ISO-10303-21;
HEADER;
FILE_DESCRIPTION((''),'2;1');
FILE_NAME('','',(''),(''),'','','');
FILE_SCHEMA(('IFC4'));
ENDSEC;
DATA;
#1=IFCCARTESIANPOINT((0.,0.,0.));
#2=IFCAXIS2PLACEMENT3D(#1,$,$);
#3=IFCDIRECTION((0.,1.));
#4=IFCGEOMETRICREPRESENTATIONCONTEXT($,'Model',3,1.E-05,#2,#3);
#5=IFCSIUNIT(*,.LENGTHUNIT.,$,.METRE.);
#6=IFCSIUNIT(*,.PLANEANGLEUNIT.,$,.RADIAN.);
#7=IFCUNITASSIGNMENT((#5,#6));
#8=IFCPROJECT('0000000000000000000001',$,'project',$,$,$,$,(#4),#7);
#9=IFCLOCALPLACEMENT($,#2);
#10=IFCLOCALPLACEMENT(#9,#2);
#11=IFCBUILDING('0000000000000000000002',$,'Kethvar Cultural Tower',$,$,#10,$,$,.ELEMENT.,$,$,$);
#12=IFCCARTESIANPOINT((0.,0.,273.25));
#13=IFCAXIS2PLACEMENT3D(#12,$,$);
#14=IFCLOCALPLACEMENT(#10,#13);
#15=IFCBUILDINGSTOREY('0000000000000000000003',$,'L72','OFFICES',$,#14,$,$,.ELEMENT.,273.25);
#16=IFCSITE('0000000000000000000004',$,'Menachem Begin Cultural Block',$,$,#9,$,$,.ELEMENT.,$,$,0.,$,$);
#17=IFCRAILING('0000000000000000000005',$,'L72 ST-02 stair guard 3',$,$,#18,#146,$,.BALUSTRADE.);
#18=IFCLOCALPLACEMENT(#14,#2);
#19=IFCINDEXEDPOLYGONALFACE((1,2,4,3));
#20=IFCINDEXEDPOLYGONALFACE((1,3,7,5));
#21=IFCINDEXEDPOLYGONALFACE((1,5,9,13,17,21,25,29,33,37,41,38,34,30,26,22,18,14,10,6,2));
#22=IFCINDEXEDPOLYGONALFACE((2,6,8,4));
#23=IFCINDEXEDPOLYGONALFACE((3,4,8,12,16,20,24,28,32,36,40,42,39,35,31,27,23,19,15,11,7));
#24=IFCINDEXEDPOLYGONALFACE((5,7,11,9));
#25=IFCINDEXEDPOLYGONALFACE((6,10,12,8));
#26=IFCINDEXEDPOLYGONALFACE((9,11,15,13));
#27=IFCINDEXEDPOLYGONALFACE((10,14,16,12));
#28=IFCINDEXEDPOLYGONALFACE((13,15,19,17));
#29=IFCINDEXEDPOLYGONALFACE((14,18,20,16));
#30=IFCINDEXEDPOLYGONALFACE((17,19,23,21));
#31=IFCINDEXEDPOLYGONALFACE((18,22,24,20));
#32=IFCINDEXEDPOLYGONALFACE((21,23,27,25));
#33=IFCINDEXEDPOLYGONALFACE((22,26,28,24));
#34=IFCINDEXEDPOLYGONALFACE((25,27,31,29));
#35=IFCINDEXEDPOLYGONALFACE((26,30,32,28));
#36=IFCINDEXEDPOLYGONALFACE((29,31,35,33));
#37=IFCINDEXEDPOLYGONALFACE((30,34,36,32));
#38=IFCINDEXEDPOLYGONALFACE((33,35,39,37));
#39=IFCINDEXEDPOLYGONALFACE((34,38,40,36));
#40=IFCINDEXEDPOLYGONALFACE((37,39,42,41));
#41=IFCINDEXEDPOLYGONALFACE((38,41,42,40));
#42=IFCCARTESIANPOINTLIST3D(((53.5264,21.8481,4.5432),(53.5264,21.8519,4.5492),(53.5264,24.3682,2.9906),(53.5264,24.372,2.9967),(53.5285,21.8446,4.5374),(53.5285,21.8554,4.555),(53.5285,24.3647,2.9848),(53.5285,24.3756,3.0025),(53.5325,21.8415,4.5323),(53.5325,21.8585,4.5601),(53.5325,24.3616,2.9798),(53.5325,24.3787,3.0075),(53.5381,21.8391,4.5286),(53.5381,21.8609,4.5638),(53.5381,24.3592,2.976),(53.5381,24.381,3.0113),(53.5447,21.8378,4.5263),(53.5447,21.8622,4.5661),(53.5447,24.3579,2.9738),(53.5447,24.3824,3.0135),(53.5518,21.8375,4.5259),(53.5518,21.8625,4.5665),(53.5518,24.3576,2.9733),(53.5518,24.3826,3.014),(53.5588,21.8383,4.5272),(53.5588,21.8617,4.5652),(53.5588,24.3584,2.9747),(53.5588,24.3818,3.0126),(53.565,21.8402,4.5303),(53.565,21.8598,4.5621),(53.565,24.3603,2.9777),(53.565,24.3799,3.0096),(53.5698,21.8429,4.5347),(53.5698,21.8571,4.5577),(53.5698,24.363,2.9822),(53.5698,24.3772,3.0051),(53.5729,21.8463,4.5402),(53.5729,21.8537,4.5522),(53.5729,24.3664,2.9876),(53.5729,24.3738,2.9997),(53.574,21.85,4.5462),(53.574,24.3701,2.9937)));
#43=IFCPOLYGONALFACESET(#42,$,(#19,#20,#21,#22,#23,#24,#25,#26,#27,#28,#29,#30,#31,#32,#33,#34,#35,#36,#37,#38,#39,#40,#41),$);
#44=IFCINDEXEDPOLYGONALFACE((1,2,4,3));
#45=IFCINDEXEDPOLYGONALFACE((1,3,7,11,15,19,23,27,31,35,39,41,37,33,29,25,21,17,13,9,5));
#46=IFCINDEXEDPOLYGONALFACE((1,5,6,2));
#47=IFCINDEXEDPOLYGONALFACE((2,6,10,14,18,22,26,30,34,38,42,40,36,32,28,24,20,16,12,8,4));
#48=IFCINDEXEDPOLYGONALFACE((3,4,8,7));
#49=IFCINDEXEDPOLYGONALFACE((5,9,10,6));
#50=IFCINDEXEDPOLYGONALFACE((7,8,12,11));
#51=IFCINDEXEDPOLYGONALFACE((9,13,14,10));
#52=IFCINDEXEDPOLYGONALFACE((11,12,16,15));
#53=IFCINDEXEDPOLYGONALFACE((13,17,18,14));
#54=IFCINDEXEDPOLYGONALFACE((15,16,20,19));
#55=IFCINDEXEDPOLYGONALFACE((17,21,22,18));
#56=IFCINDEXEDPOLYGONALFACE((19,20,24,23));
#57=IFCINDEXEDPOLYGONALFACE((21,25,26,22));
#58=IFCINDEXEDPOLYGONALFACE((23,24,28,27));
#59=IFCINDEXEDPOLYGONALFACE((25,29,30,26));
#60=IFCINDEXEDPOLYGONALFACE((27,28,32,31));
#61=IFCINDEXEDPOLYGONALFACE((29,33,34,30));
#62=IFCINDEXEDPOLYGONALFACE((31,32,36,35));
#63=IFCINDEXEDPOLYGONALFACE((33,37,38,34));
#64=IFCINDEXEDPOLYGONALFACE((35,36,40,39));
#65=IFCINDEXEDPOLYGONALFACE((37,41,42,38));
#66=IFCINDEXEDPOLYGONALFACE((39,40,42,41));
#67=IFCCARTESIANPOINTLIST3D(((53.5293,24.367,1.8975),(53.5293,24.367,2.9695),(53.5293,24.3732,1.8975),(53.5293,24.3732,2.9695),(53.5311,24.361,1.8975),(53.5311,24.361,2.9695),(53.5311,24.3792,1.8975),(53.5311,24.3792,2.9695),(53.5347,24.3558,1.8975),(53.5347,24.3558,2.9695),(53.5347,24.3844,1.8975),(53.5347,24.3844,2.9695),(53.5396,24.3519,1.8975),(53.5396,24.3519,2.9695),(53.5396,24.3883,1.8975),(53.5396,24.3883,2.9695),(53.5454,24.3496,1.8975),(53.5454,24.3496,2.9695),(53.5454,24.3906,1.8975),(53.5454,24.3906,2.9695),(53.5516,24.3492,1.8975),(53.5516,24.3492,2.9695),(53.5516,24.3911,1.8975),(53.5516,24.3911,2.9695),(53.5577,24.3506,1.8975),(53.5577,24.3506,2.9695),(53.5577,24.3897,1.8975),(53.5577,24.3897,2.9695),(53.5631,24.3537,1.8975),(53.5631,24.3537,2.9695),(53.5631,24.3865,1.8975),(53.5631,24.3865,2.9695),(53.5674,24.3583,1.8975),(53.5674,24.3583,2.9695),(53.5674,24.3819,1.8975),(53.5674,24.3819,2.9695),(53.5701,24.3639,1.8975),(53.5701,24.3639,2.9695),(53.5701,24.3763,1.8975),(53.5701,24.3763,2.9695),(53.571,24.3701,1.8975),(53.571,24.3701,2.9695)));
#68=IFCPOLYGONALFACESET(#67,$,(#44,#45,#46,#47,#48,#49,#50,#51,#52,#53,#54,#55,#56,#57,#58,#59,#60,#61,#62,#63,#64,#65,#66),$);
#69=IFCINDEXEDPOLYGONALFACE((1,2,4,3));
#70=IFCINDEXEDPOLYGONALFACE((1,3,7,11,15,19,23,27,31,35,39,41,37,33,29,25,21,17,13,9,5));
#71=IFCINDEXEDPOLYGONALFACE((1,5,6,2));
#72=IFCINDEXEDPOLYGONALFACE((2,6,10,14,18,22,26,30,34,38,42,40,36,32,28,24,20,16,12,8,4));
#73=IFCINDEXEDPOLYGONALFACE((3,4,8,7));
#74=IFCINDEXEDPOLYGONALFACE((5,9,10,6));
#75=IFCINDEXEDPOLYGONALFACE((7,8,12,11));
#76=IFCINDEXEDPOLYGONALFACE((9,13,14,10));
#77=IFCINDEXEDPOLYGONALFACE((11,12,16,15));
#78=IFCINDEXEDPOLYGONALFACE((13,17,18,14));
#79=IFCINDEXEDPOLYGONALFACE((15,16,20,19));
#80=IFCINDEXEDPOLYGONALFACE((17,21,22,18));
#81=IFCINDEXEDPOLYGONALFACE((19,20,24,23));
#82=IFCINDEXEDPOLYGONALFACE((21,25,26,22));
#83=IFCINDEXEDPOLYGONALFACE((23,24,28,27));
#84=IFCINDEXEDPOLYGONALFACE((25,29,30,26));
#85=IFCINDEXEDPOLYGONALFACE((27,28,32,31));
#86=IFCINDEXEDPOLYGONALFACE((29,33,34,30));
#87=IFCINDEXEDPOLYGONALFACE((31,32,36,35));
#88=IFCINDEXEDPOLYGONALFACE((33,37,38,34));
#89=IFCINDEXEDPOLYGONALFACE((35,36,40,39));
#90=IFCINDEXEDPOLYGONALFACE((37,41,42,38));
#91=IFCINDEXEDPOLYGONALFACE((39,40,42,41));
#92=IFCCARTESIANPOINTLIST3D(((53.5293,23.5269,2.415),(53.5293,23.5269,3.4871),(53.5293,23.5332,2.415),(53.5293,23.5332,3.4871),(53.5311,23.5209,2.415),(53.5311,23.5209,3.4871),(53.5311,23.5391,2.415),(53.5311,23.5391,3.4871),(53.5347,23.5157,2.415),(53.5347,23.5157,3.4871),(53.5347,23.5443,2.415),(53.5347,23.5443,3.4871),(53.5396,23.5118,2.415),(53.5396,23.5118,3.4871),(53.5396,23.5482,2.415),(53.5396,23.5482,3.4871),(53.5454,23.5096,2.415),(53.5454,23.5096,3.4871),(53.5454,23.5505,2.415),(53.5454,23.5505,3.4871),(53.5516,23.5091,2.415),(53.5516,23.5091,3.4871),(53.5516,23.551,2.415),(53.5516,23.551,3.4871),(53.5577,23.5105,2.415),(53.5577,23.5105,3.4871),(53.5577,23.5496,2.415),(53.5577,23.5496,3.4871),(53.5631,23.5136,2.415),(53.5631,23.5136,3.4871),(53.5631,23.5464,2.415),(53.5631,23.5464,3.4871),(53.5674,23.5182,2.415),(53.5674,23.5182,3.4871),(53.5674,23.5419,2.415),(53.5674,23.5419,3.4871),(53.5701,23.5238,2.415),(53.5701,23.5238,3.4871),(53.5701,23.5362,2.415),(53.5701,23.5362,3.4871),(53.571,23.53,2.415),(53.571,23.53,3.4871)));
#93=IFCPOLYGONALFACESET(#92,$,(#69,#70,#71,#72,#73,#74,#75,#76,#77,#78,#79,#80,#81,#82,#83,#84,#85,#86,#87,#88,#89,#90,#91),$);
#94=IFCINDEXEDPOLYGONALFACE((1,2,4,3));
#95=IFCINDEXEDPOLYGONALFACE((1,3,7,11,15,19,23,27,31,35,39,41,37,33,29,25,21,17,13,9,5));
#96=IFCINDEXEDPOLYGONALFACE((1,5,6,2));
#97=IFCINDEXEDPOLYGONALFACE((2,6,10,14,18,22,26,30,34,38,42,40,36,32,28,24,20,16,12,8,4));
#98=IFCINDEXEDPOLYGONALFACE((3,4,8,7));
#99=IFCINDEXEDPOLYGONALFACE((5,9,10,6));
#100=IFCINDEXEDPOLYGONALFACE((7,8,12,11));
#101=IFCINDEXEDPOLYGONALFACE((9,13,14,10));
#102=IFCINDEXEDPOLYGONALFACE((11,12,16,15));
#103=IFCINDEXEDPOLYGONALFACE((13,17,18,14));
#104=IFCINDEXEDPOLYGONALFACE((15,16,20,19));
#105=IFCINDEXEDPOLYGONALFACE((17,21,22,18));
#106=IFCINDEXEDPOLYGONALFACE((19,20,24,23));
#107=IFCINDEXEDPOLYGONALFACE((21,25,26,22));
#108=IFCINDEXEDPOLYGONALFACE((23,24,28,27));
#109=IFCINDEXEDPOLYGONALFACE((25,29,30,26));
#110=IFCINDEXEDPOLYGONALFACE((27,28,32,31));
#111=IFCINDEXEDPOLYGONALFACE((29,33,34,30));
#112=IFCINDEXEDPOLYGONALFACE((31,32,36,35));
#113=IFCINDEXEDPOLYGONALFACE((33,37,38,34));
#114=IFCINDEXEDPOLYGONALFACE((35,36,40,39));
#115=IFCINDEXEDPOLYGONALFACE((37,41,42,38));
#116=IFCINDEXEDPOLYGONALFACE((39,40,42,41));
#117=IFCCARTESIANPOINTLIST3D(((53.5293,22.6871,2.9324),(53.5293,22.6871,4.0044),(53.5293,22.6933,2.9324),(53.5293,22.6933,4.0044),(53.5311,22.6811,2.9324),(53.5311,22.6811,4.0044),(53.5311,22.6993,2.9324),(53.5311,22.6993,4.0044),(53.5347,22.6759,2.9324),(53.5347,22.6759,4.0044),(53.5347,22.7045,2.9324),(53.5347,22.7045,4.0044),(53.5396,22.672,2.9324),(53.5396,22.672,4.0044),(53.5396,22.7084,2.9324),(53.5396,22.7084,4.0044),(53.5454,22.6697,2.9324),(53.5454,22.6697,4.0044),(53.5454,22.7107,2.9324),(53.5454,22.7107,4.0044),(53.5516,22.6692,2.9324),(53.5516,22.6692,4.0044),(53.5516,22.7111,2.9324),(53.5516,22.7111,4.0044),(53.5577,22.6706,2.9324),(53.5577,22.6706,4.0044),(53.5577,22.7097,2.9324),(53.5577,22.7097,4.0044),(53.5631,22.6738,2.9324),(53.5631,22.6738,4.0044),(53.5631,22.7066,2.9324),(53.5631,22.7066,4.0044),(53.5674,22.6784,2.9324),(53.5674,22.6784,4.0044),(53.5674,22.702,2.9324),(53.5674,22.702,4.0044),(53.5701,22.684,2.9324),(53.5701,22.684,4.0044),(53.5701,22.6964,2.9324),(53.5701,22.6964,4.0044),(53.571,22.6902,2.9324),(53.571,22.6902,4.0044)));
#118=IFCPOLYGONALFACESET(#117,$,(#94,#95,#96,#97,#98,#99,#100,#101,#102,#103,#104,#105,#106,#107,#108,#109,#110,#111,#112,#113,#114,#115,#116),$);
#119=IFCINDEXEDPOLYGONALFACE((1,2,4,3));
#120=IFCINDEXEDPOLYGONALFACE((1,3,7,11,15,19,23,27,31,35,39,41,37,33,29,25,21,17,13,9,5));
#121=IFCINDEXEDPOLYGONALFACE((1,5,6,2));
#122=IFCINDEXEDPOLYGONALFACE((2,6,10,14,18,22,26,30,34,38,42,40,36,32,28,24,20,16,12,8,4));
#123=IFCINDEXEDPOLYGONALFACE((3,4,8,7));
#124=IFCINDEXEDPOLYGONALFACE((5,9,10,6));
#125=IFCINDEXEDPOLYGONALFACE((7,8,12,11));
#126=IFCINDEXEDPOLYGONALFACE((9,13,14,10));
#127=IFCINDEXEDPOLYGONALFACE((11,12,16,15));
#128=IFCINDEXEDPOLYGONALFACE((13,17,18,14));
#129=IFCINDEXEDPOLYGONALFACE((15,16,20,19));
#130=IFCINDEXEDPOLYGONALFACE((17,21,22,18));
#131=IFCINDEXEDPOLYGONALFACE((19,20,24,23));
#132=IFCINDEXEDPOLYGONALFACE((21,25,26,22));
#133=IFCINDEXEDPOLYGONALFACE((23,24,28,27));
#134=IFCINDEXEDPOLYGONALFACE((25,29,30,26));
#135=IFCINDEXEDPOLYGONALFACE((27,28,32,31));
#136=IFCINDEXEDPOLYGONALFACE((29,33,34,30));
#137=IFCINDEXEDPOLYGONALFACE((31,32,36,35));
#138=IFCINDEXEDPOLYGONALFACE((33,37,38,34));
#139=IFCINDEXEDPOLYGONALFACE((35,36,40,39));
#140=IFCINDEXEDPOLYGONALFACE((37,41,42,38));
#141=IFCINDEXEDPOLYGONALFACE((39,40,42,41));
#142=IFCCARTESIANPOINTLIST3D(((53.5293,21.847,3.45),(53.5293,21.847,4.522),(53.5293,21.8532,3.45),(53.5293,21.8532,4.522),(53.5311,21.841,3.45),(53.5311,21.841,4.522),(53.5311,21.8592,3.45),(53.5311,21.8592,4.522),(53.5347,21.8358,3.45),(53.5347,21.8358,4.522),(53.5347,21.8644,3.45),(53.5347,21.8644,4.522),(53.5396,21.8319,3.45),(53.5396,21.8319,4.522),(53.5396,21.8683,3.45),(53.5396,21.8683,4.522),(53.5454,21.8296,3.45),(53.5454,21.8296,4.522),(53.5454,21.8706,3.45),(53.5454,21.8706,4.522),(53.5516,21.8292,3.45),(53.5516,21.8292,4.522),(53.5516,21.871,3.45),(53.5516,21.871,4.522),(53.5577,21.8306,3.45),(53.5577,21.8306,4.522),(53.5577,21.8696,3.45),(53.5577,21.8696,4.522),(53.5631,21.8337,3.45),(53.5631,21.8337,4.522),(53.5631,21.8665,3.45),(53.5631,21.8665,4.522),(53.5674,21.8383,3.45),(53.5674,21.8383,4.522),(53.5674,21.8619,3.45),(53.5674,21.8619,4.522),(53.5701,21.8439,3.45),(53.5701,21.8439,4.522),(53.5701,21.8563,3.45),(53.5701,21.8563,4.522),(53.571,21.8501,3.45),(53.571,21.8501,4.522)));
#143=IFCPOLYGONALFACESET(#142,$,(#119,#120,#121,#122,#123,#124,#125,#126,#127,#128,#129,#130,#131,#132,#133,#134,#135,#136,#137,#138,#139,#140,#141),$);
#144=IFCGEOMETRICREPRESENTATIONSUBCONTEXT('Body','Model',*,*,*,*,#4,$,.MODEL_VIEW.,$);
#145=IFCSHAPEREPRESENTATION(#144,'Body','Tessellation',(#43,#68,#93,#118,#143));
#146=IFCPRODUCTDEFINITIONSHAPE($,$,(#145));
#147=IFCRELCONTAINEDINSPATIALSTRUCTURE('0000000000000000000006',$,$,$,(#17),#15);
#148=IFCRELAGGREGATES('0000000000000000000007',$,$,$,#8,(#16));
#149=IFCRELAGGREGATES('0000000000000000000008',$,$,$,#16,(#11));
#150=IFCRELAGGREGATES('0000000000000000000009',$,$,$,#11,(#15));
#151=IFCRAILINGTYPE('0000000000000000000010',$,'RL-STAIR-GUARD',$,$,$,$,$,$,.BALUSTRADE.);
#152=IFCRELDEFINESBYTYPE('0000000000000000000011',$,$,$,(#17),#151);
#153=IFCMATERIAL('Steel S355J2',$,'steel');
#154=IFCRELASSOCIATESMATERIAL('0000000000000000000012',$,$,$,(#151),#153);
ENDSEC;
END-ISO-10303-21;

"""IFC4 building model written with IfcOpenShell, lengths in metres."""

from ifc_helpers import new_model, si_unit, direction, frame, origin, origin_2d, place, context, subcontext, project, spatial, circle, extrude, material, type_object, element, save


model = new_model("IFC4")

# Units and contexts
model_context = context("Model", 3, precision=1e-05, world=origin(), true_north=direction((0.0, 1.0)))
body_context = subcontext(model_context, "Body", "Model", "MODEL_VIEW")
ifc_project = project(units=[si_unit("LENGTHUNIT", "METRE"), si_unit("PLANEANGLEUNIT", "RADIAN")], contexts=[model_context])

# Site, building, storey
site_placement = place(None, origin())
site = spatial("IfcSite", under=ifc_project, at=site_placement, Name="Menachem Begin Cultural Block", CompositionType="ELEMENT", RefElevation=0.0)
building_placement = place(site_placement, origin())
building = spatial("IfcBuilding", under=site, at=building_placement, Name="Kethvar Cultural Tower", CompositionType="ELEMENT")
storey_placement = place(building_placement, frame((0.0, 0.0, 273.25)))
storey = spatial("IfcBuildingStorey", under=building, at=storey_placement, Name="L72", Description="OFFICES", CompositionType="ELEMENT", Elevation=273.25)

# Shared definitions
ifc_material_1 = material(Name="Steel S355J2", Category="steel")

# Railing
railing_type_1 = type_object("IfcRailingType", Name="RL-STAIR-GUARD", PredefinedType="BALUSTRADE", material=ifc_material_1)
railing_1_placement = place(storey_placement, frame((53.55, 24.3701, 1.8975)))
element("IfcRailing", 1, at=railing_1_placement, inside=storey, type_object=railing_type_1, Name="L72 ST-02 stair guard 3", PredefinedType="BALUSTRADE", context=body_context, shape_type="SweptSolid", body=[
    extrude(circle(Radius=0.0239, at=origin_2d()), frame((0.0, 0.0, 1.0962), z_axis=(0.0, -0.8514, 0.524516), x_axis=(1.0, 0.0, 0.0)), (0.0, 0.0, 1.0), 2.96),
    extrude(circle(Radius=0.021, at=origin_2d()), origin(), (0.0, 0.0, 1.0), 1.072),
    extrude(circle(Radius=0.021, at=origin_2d()), frame((0.0, -0.8401, 0.5176)), (0.0, 0.0, 1.0), 1.072),
    extrude(circle(Radius=0.021, at=origin_2d()), frame((0.0, -1.6799, 1.0349)), (0.0, 0.0, 1.0), 1.072),
    extrude(circle(Radius=0.021, at=origin_2d()), frame((0.0, -2.52, 1.5525)), (0.0, 0.0, 1.0), 1.072),
])

save(model, "model.ifc")
